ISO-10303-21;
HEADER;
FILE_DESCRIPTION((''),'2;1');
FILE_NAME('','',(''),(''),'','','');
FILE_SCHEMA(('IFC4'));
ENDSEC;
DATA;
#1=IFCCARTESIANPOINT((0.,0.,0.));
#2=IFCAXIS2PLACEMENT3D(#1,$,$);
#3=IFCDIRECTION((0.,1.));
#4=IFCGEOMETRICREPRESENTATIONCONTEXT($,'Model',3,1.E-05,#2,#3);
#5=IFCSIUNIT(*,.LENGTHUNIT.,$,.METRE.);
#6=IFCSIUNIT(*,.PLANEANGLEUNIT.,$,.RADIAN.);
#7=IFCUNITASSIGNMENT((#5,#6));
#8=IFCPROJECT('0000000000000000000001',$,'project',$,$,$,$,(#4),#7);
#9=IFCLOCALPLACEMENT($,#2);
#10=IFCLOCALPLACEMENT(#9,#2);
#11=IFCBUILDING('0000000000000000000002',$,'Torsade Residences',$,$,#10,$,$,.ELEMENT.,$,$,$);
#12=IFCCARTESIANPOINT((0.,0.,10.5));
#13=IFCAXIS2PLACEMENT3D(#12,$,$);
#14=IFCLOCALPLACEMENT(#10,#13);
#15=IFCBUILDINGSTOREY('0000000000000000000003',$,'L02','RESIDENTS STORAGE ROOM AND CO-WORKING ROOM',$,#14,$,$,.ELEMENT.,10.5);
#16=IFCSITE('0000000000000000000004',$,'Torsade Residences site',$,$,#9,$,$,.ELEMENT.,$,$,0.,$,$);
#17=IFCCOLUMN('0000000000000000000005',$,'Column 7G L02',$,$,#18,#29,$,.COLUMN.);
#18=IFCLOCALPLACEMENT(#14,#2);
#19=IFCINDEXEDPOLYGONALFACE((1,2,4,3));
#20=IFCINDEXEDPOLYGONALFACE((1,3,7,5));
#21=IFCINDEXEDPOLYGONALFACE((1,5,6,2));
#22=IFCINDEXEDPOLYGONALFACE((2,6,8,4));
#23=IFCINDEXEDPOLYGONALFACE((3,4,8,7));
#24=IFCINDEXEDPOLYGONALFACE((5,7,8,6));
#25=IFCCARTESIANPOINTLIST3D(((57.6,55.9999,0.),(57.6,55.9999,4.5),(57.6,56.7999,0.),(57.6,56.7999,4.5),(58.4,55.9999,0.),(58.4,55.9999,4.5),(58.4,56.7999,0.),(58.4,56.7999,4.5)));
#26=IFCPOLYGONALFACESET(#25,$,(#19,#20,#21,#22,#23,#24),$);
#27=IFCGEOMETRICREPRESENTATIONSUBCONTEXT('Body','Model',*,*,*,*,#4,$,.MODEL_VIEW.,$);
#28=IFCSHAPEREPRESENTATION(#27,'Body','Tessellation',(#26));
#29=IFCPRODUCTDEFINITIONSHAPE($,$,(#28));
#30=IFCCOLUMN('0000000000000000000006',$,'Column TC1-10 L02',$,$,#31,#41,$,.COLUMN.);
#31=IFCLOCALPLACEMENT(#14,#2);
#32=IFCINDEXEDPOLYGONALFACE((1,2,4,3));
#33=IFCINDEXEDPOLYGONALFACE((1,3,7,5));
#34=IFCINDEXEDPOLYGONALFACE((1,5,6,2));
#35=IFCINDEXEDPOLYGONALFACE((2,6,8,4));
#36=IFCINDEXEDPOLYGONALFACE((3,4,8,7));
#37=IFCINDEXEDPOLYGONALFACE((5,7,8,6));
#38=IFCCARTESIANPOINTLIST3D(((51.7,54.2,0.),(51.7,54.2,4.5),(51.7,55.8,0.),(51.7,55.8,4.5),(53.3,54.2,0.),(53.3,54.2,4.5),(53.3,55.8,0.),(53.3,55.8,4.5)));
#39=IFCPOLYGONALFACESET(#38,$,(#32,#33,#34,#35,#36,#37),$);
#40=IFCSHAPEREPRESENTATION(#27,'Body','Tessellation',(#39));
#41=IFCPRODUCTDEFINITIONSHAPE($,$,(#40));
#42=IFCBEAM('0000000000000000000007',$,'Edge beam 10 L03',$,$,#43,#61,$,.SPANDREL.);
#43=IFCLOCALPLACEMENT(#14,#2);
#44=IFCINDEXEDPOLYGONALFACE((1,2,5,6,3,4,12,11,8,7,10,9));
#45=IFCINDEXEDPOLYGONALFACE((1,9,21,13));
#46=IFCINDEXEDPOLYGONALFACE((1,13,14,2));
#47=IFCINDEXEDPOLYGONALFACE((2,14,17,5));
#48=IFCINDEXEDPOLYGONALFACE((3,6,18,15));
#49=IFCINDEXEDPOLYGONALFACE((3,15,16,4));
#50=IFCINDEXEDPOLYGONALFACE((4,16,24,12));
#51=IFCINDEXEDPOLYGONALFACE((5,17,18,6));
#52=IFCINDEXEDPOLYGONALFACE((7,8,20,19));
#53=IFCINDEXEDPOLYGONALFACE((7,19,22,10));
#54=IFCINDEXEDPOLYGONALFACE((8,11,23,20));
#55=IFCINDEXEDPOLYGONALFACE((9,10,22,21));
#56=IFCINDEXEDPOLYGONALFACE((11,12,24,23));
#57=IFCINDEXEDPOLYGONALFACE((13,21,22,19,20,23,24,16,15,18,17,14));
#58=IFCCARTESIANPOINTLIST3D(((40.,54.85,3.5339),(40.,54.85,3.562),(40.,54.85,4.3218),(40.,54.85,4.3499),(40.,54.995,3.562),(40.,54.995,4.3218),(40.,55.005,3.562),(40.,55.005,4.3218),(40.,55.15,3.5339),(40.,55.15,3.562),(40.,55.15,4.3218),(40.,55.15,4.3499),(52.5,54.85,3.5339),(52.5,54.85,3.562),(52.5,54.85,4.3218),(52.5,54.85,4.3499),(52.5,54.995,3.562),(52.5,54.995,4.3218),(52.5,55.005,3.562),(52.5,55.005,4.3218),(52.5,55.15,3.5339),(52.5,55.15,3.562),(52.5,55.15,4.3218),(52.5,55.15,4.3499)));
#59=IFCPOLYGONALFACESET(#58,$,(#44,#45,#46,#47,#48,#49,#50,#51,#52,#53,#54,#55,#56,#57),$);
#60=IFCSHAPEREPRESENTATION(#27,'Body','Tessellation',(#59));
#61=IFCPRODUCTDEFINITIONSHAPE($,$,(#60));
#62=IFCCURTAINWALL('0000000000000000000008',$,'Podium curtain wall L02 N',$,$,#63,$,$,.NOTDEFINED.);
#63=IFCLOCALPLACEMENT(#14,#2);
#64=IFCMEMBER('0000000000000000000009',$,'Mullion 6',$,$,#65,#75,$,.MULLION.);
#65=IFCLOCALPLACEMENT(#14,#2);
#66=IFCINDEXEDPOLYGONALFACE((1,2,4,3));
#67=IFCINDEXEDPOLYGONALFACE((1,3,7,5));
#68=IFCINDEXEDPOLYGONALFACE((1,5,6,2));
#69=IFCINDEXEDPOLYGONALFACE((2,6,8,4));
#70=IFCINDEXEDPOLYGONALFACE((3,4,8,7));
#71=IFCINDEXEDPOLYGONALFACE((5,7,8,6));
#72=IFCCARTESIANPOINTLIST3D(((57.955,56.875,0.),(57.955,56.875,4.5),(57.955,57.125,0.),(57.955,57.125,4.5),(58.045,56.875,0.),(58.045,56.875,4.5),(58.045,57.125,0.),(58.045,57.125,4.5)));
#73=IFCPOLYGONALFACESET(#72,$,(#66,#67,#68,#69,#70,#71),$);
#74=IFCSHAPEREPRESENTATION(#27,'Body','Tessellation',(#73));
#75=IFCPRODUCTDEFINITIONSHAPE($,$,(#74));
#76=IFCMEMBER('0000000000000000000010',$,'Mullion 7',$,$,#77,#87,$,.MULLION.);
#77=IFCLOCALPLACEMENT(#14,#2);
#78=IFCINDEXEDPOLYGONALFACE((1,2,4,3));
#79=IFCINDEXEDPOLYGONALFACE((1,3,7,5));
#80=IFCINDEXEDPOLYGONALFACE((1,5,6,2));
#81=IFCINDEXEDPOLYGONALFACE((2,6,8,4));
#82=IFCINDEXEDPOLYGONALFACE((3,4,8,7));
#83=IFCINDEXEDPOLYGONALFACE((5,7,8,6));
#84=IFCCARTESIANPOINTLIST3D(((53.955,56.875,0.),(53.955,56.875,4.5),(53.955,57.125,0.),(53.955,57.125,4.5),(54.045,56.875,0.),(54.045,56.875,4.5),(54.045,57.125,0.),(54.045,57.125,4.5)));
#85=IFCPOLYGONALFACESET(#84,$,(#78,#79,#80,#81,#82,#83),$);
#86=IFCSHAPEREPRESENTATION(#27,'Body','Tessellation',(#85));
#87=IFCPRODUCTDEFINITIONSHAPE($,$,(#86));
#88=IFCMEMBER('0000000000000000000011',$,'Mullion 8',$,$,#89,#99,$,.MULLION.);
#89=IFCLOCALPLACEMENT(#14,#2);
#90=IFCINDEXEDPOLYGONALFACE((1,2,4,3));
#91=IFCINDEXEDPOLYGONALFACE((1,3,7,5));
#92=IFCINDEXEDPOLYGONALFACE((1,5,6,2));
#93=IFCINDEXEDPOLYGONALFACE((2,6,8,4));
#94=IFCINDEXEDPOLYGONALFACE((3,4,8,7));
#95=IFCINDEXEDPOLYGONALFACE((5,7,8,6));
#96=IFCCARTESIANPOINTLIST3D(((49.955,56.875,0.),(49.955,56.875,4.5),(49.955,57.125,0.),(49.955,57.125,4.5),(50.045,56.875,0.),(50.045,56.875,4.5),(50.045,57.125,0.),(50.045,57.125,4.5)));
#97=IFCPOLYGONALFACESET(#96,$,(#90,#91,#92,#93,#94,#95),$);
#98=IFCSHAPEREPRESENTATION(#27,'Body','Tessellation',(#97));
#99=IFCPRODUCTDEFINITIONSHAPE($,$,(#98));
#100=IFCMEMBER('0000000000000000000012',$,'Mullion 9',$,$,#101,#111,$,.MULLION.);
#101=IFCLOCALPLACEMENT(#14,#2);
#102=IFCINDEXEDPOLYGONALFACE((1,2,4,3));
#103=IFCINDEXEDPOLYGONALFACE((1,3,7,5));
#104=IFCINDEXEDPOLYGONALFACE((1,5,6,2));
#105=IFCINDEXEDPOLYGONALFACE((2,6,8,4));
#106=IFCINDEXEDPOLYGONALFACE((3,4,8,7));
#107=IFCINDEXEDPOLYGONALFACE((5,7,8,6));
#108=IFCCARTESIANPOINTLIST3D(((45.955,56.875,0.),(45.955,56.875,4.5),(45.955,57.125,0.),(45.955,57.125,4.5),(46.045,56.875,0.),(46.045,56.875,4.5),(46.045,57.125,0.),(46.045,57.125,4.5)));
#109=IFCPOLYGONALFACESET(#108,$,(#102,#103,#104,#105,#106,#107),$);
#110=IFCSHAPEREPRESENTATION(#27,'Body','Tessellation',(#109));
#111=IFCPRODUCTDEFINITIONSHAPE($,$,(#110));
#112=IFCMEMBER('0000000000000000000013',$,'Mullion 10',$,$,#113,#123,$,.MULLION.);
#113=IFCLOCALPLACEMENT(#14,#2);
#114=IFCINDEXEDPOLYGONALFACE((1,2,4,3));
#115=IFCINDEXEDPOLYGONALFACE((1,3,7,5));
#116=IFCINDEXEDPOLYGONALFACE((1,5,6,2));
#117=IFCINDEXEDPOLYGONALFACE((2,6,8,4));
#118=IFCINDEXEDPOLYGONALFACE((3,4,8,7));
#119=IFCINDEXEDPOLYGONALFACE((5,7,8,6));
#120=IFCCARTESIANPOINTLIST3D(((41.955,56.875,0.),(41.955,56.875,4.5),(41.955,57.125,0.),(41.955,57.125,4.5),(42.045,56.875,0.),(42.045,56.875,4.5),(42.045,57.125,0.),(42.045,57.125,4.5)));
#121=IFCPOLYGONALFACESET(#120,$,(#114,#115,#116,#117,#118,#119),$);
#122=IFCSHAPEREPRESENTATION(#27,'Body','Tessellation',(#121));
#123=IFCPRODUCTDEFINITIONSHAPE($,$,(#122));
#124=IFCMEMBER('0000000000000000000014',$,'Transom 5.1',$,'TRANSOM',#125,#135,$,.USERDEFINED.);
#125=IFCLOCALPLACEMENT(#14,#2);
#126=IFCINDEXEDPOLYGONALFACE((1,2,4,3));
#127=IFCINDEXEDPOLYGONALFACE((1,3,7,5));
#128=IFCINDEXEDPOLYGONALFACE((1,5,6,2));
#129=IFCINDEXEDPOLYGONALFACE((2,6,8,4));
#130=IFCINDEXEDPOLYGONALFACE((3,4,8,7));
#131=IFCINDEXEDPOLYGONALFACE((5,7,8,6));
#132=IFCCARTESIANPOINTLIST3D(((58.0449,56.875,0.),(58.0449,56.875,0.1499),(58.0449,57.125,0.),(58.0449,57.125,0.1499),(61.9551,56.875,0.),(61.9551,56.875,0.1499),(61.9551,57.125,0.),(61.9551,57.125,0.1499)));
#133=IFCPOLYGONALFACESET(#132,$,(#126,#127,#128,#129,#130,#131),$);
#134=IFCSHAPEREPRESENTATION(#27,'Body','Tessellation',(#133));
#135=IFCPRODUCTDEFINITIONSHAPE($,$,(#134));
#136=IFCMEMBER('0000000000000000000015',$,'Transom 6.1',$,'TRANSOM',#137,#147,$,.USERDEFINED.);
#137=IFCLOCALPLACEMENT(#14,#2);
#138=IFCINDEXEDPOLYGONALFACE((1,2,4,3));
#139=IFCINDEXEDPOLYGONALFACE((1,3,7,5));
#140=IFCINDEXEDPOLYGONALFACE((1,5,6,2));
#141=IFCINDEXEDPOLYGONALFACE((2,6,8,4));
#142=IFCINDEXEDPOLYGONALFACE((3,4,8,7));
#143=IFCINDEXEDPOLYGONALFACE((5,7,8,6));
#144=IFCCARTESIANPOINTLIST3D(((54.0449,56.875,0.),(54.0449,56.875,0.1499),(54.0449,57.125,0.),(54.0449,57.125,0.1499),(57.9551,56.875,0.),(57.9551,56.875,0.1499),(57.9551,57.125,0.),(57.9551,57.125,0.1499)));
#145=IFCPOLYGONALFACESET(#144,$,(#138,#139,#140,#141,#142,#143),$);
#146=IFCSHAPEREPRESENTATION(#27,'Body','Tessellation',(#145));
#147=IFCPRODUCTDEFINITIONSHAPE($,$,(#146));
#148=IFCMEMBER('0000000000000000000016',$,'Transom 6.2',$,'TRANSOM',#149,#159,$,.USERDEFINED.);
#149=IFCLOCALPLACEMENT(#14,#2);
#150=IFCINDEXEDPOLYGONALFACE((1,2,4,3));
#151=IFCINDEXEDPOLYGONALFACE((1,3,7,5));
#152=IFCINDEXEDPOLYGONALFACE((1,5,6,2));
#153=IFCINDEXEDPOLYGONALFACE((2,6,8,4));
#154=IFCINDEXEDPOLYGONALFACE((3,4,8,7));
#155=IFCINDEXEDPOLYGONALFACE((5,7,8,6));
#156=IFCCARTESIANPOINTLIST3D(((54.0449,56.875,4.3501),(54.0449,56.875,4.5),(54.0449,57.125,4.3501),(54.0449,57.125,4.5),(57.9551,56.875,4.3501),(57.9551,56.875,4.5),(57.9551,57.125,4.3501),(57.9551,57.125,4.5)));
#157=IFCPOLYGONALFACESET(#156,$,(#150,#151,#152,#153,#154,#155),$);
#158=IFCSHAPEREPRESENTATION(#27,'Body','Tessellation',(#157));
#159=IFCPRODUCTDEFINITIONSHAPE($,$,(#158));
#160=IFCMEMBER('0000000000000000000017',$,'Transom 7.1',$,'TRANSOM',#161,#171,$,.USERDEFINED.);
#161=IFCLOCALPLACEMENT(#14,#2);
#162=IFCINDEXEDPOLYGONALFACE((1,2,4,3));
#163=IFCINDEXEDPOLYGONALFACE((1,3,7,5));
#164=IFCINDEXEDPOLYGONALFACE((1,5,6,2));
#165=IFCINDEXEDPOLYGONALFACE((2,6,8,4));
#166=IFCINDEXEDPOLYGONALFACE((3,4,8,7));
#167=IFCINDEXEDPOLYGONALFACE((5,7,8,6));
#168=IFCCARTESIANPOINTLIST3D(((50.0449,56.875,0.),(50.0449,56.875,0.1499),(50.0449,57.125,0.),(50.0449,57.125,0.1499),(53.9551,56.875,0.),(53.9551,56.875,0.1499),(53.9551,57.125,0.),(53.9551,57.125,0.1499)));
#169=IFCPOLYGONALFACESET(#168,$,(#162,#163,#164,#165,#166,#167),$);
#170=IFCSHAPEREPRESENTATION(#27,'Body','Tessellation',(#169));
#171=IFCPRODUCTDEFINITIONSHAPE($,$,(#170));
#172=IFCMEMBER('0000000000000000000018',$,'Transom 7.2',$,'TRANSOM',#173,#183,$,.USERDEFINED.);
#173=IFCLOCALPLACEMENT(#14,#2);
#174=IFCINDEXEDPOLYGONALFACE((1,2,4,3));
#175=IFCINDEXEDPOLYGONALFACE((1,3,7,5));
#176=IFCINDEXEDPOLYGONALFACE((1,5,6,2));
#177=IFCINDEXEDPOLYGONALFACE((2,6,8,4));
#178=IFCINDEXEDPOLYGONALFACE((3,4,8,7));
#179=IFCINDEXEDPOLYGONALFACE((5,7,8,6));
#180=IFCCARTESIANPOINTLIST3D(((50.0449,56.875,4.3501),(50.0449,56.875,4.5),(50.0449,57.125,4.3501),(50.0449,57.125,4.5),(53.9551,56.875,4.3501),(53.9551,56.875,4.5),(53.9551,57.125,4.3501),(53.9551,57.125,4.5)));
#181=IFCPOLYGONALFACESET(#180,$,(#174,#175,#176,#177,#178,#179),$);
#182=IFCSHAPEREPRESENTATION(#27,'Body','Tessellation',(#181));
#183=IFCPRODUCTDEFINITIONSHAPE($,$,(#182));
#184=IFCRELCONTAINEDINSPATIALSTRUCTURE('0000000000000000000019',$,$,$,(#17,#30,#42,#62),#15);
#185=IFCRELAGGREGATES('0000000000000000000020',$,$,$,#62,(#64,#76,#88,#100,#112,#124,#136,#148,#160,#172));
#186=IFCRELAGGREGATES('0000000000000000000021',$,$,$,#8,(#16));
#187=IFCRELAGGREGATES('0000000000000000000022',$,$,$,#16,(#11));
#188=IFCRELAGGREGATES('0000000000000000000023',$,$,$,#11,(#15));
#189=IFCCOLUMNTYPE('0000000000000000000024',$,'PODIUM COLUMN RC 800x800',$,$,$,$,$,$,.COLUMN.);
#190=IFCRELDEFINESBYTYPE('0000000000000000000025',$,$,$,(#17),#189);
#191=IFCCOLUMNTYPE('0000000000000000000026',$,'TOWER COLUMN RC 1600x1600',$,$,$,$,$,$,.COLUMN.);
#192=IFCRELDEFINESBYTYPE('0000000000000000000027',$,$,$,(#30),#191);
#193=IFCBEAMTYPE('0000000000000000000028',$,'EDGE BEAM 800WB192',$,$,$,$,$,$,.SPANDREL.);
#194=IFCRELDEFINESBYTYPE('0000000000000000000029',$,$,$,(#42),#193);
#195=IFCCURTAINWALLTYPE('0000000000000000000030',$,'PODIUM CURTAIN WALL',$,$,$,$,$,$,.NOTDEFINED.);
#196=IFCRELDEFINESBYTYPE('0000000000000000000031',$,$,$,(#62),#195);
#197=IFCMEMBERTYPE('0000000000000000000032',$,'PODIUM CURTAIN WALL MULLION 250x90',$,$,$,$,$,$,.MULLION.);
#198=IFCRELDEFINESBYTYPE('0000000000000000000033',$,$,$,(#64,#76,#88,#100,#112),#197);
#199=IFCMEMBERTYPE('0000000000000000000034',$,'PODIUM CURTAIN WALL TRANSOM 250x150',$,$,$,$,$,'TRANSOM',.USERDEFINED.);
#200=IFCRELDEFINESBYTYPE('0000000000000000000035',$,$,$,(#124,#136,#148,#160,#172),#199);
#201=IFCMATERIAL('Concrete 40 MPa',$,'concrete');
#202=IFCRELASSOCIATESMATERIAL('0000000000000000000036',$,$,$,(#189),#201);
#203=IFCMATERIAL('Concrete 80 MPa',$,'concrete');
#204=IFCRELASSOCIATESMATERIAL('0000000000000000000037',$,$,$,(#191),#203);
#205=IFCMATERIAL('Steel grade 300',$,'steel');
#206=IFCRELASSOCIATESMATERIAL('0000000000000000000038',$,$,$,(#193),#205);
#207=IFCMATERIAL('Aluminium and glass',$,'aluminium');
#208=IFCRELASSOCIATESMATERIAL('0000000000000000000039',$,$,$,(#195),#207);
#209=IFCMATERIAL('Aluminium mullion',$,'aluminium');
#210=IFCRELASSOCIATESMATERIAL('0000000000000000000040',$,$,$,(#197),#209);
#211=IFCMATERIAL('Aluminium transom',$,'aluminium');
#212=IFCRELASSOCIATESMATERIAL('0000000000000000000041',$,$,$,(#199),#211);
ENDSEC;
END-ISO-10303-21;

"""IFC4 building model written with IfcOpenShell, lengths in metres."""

from ifc_helpers import new_model, si_unit, direction, frame, origin, origin_2d, place, context, subcontext, project, spatial, rectangle, i_section, extrude, material, material_profile, profile_set, type_object, element, aggregate, save


model = new_model("IFC4")

# Units and contexts
model_context = context("Model", 3, precision=1e-05, world=origin(), true_north=direction((0.0, 1.0)))
body_context = subcontext(model_context, "Body", "Model", "MODEL_VIEW")
ifc_project = project(units=[si_unit("LENGTHUNIT", "METRE"), si_unit("PLANEANGLEUNIT", "RADIAN")], contexts=[model_context])

# Site, building, storey
site_placement = place(None, origin())
site = spatial("IfcSite", under=ifc_project, at=site_placement, Name="Torsade Residences site", CompositionType="ELEMENT", RefElevation=0.0)
building_placement = place(site_placement, origin())
building = spatial("IfcBuilding", under=site, at=building_placement, Name="Torsade Residences", CompositionType="ELEMENT")
storey_placement = place(building_placement, frame((0.0, 0.0, 10.5)))
storey = spatial("IfcBuildingStorey", under=building, at=storey_placement, Name="L02", Description="RESIDENTS STORAGE ROOM AND CO-WORKING ROOM", CompositionType="ELEMENT", Elevation=10.5)

# Columns
ifc_material_1 = material(Name="Concrete 40 MPa", Category="concrete")
ifc_material_profile_1 = material_profile(ifc_material_1, rectangle(XDim=0.8, YDim=0.8, at=origin_2d()), Name="RC 800x800")
ifc_profile_set_1 = profile_set([ifc_material_profile_1], Name="Concrete 40 MPa")
column_type_1 = type_object("IfcColumnType", Name="PODIUM COLUMN RC 800x800", PredefinedType="COLUMN", material=ifc_profile_set_1)
column_1_placement = place(storey_placement, frame((58.0, 56.3999, 0.0), z_axis=(0.0, 0.0, 1.0), x_axis=(1.0, 0.0, 0.0)))
element("IfcColumn", 1, at=column_1_placement, inside=storey, type_object=column_type_1, Name="Column 7G L02", PredefinedType="COLUMN", context=body_context, shape_type="SweptSolid", body=[
    extrude(rectangle(XDim=0.8, YDim=0.8, at=origin_2d()), origin(), (0.0, 0.0, 1.0), 4.5),
])
ifc_material_2 = material(Name="Concrete 80 MPa", Category="concrete")
ifc_material_profile_2 = material_profile(ifc_material_2, rectangle(XDim=1.6001, YDim=1.6001, at=origin_2d()), Name="RC 1600x1600")
ifc_profile_set_2 = profile_set([ifc_material_profile_2], Name="Concrete 80 MPa")
column_type_2 = type_object("IfcColumnType", Name="TOWER COLUMN RC 1600x1600", PredefinedType="COLUMN", material=ifc_profile_set_2)
column_2_placement = place(storey_placement, frame((52.5, 55.0, 0.0), z_axis=(0.0, 0.0, 1.0), x_axis=(1.0, 0.0, 0.0)))
element("IfcColumn", 2, at=column_2_placement, inside=storey, type_object=column_type_2, Name="Column TC1-10 L02", PredefinedType="COLUMN", context=body_context, shape_type="SweptSolid", body=[
    extrude(rectangle(XDim=1.6001, YDim=1.6001, at=origin_2d()), origin(), (0.0, 0.0, 1.0), 4.5),
])

# Beam
ifc_material_3 = material(Name="Steel grade 300", Category="steel")
ifc_material_profile_3 = material_profile(ifc_material_3, i_section(OverallWidth=0.3, OverallDepth=0.8159, WebThickness=0.01, FlangeThickness=0.0281, at=origin_2d()), Name="800WB192")
ifc_profile_set_3 = profile_set([ifc_material_profile_3], Name="Steel grade 300")
beam_type_1 = type_object("IfcBeamType", Name="EDGE BEAM 800WB192", PredefinedType="SPANDREL", material=ifc_profile_set_3)
beam_1_placement = place(storey_placement, frame((52.5, 55.0, 3.9419), z_axis=(-1.0, 0.0, 0.0), x_axis=(0.0, -1.0, 0.0)))
element("IfcBeam", 3, at=beam_1_placement, inside=storey, type_object=beam_type_1, Name="Edge beam 10 L03", PredefinedType="SPANDREL", context=body_context, shape_type="SweptSolid", body=[
    extrude(i_section(OverallWidth=0.3, OverallDepth=0.8159, WebThickness=0.01, FlangeThickness=0.0281, at=origin_2d()), origin(), (0.0, 0.0, 1.0), 12.5),
])

# Curtain wall, members
ifc_material_4 = material(Name="Aluminium and glass", Category="aluminium")
curtain_wall_type = type_object("IfcCurtainWallType", Name="PODIUM CURTAIN WALL", PredefinedType="NOTDEFINED", material=ifc_material_4)
curtain_wall_placement = place(storey_placement, origin())
curtain_wall = element("IfcCurtainWall", 4, at=curtain_wall_placement, inside=storey, type_object=curtain_wall_type, Name="Podium curtain wall L02 N", PredefinedType="NOTDEFINED")
ifc_material_5 = material(Name="Aluminium mullion", Category="aluminium")
ifc_material_profile_4 = material_profile(ifc_material_5, rectangle(XDim=0.25, YDim=0.0901, at=origin_2d()), Name="PODIUM CURTAIN WALL MULLION 250x90")
ifc_profile_set_4 = profile_set([ifc_material_profile_4], Name="Aluminium mullion")
member_type_1 = type_object("IfcMemberType", Name="PODIUM CURTAIN WALL MULLION 250x90", PredefinedType="MULLION", material=ifc_profile_set_4)
member_1_placement = place(storey_placement, frame((58.0, 57.0, 0.0), z_axis=(0.0, 0.0, 1.0), x_axis=(0.0, -1.0, 0.0)))
member_1 = element("IfcMember", 5, at=member_1_placement, type_object=member_type_1, Name="Mullion 6", PredefinedType="MULLION", context=body_context, shape_type="SweptSolid", body=[
    extrude(rectangle(XDim=0.25, YDim=0.0901, at=origin_2d()), origin(), (0.0, 0.0, 1.0), 4.5),
])
member_2_placement = place(storey_placement, frame((54.0, 57.0, 0.0), z_axis=(0.0, 0.0, 1.0), x_axis=(0.0, -1.0, 0.0)))
member_2 = element("IfcMember", 6, at=member_2_placement, type_object=member_type_1, Name="Mullion 7", PredefinedType="MULLION", context=body_context, shape_type="SweptSolid", body=[
    extrude(rectangle(XDim=0.25, YDim=0.0901, at=origin_2d()), origin(), (0.0, 0.0, 1.0), 4.5),
])
member_3_placement = place(storey_placement, frame((50.0, 57.0, 0.0), z_axis=(0.0, 0.0, 1.0), x_axis=(0.0, -1.0, 0.0)))
member_3 = element("IfcMember", 7, at=member_3_placement, type_object=member_type_1, Name="Mullion 8", PredefinedType="MULLION", context=body_context, shape_type="SweptSolid", body=[
    extrude(rectangle(XDim=0.25, YDim=0.0901, at=origin_2d()), origin(), (0.0, 0.0, 1.0), 4.5),
])
member_4_placement = place(storey_placement, frame((46.0, 57.0, 0.0), z_axis=(0.0, 0.0, 1.0), x_axis=(0.0, -1.0, 0.0)))
member_4 = element("IfcMember", 8, at=member_4_placement, type_object=member_type_1, Name="Mullion 9", PredefinedType="MULLION", context=body_context, shape_type="SweptSolid", body=[
    extrude(rectangle(XDim=0.25, YDim=0.0901, at=origin_2d()), origin(), (0.0, 0.0, 1.0), 4.5),
])
member_5_placement = place(storey_placement, frame((42.0, 57.0, 0.0), z_axis=(0.0, 0.0, 1.0), x_axis=(0.0, -1.0, 0.0)))
member_5 = element("IfcMember", 9, at=member_5_placement, type_object=member_type_1, Name="Mullion 10", PredefinedType="MULLION", context=body_context, shape_type="SweptSolid", body=[
    extrude(rectangle(XDim=0.25, YDim=0.0901, at=origin_2d()), origin(), (0.0, 0.0, 1.0), 4.5),
])
ifc_material_6 = material(Name="Aluminium transom", Category="aluminium")
ifc_material_profile_5 = material_profile(ifc_material_6, rectangle(XDim=0.25, YDim=0.1499, at=origin_2d()), Name="PODIUM CURTAIN WALL TRANSOM 250x150")
ifc_profile_set_5 = profile_set([ifc_material_profile_5], Name="Aluminium transom")
member_type_2 = type_object("IfcMemberType", Name="PODIUM CURTAIN WALL TRANSOM 250x150", ElementType="TRANSOM", PredefinedType="USERDEFINED", material=ifc_profile_set_5)
member_6_placement = place(storey_placement, frame((61.9551, 57.0, 0.075), z_axis=(-1.0, 0.0, 0.0), x_axis=(0.0, -1.0, 0.0)))
member_6 = element("IfcMember", 10, at=member_6_placement, type_object=member_type_2, Name="Transom 5.1", ObjectType="TRANSOM", PredefinedType="USERDEFINED", context=body_context, shape_type="SweptSolid", body=[
    extrude(rectangle(XDim=0.25, YDim=0.1499, at=origin_2d()), origin(), (0.0, 0.0, 1.0), 3.9102),
])
member_7_placement = place(storey_placement, frame((57.9551, 57.0, 0.075), z_axis=(-1.0, 0.0, 0.0), x_axis=(0.0, -1.0, 0.0)))
member_7 = element("IfcMember", 11, at=member_7_placement, type_object=member_type_2, Name="Transom 6.1", ObjectType="TRANSOM", PredefinedType="USERDEFINED", context=body_context, shape_type="SweptSolid", body=[
    extrude(rectangle(XDim=0.25, YDim=0.1499, at=origin_2d()), origin(), (0.0, 0.0, 1.0), 3.9102),
])
member_8_placement = place(storey_placement, frame((57.9551, 57.0, 4.425), z_axis=(-1.0, 0.0, 0.0), x_axis=(0.0, -1.0, 0.0)))
member_8 = element("IfcMember", 12, at=member_8_placement, type_object=member_type_2, Name="Transom 6.2", ObjectType="TRANSOM", PredefinedType="USERDEFINED", context=body_context, shape_type="SweptSolid", body=[
    extrude(rectangle(XDim=0.25, YDim=0.1499, at=origin_2d()), origin(), (0.0, 0.0, 1.0), 3.9102),
])
member_9_placement = place(storey_placement, frame((53.9551, 57.0, 0.075), z_axis=(-1.0, 0.0, 0.0), x_axis=(0.0, -1.0, 0.0)))
member_9 = element("IfcMember", 13, at=member_9_placement, type_object=member_type_2, Name="Transom 7.1", ObjectType="TRANSOM", PredefinedType="USERDEFINED", context=body_context, shape_type="SweptSolid", body=[
    extrude(rectangle(XDim=0.25, YDim=0.1499, at=origin_2d()), origin(), (0.0, 0.0, 1.0), 3.9102),
])
member_10_placement = place(storey_placement, frame((53.9551, 57.0, 4.425), z_axis=(-1.0, 0.0, 0.0), x_axis=(0.0, -1.0, 0.0)))
member_10 = element("IfcMember", 14, at=member_10_placement, type_object=member_type_2, Name="Transom 7.2", ObjectType="TRANSOM", PredefinedType="USERDEFINED", context=body_context, shape_type="SweptSolid", body=[
    extrude(rectangle(XDim=0.25, YDim=0.1499, at=origin_2d()), origin(), (0.0, 0.0, 1.0), 3.9102),
])

aggregate(curtain_wall, [member_1, member_2, member_3, member_4, member_5, member_6, member_7, member_8, member_9, member_10])

save(model, "model.ifc")
